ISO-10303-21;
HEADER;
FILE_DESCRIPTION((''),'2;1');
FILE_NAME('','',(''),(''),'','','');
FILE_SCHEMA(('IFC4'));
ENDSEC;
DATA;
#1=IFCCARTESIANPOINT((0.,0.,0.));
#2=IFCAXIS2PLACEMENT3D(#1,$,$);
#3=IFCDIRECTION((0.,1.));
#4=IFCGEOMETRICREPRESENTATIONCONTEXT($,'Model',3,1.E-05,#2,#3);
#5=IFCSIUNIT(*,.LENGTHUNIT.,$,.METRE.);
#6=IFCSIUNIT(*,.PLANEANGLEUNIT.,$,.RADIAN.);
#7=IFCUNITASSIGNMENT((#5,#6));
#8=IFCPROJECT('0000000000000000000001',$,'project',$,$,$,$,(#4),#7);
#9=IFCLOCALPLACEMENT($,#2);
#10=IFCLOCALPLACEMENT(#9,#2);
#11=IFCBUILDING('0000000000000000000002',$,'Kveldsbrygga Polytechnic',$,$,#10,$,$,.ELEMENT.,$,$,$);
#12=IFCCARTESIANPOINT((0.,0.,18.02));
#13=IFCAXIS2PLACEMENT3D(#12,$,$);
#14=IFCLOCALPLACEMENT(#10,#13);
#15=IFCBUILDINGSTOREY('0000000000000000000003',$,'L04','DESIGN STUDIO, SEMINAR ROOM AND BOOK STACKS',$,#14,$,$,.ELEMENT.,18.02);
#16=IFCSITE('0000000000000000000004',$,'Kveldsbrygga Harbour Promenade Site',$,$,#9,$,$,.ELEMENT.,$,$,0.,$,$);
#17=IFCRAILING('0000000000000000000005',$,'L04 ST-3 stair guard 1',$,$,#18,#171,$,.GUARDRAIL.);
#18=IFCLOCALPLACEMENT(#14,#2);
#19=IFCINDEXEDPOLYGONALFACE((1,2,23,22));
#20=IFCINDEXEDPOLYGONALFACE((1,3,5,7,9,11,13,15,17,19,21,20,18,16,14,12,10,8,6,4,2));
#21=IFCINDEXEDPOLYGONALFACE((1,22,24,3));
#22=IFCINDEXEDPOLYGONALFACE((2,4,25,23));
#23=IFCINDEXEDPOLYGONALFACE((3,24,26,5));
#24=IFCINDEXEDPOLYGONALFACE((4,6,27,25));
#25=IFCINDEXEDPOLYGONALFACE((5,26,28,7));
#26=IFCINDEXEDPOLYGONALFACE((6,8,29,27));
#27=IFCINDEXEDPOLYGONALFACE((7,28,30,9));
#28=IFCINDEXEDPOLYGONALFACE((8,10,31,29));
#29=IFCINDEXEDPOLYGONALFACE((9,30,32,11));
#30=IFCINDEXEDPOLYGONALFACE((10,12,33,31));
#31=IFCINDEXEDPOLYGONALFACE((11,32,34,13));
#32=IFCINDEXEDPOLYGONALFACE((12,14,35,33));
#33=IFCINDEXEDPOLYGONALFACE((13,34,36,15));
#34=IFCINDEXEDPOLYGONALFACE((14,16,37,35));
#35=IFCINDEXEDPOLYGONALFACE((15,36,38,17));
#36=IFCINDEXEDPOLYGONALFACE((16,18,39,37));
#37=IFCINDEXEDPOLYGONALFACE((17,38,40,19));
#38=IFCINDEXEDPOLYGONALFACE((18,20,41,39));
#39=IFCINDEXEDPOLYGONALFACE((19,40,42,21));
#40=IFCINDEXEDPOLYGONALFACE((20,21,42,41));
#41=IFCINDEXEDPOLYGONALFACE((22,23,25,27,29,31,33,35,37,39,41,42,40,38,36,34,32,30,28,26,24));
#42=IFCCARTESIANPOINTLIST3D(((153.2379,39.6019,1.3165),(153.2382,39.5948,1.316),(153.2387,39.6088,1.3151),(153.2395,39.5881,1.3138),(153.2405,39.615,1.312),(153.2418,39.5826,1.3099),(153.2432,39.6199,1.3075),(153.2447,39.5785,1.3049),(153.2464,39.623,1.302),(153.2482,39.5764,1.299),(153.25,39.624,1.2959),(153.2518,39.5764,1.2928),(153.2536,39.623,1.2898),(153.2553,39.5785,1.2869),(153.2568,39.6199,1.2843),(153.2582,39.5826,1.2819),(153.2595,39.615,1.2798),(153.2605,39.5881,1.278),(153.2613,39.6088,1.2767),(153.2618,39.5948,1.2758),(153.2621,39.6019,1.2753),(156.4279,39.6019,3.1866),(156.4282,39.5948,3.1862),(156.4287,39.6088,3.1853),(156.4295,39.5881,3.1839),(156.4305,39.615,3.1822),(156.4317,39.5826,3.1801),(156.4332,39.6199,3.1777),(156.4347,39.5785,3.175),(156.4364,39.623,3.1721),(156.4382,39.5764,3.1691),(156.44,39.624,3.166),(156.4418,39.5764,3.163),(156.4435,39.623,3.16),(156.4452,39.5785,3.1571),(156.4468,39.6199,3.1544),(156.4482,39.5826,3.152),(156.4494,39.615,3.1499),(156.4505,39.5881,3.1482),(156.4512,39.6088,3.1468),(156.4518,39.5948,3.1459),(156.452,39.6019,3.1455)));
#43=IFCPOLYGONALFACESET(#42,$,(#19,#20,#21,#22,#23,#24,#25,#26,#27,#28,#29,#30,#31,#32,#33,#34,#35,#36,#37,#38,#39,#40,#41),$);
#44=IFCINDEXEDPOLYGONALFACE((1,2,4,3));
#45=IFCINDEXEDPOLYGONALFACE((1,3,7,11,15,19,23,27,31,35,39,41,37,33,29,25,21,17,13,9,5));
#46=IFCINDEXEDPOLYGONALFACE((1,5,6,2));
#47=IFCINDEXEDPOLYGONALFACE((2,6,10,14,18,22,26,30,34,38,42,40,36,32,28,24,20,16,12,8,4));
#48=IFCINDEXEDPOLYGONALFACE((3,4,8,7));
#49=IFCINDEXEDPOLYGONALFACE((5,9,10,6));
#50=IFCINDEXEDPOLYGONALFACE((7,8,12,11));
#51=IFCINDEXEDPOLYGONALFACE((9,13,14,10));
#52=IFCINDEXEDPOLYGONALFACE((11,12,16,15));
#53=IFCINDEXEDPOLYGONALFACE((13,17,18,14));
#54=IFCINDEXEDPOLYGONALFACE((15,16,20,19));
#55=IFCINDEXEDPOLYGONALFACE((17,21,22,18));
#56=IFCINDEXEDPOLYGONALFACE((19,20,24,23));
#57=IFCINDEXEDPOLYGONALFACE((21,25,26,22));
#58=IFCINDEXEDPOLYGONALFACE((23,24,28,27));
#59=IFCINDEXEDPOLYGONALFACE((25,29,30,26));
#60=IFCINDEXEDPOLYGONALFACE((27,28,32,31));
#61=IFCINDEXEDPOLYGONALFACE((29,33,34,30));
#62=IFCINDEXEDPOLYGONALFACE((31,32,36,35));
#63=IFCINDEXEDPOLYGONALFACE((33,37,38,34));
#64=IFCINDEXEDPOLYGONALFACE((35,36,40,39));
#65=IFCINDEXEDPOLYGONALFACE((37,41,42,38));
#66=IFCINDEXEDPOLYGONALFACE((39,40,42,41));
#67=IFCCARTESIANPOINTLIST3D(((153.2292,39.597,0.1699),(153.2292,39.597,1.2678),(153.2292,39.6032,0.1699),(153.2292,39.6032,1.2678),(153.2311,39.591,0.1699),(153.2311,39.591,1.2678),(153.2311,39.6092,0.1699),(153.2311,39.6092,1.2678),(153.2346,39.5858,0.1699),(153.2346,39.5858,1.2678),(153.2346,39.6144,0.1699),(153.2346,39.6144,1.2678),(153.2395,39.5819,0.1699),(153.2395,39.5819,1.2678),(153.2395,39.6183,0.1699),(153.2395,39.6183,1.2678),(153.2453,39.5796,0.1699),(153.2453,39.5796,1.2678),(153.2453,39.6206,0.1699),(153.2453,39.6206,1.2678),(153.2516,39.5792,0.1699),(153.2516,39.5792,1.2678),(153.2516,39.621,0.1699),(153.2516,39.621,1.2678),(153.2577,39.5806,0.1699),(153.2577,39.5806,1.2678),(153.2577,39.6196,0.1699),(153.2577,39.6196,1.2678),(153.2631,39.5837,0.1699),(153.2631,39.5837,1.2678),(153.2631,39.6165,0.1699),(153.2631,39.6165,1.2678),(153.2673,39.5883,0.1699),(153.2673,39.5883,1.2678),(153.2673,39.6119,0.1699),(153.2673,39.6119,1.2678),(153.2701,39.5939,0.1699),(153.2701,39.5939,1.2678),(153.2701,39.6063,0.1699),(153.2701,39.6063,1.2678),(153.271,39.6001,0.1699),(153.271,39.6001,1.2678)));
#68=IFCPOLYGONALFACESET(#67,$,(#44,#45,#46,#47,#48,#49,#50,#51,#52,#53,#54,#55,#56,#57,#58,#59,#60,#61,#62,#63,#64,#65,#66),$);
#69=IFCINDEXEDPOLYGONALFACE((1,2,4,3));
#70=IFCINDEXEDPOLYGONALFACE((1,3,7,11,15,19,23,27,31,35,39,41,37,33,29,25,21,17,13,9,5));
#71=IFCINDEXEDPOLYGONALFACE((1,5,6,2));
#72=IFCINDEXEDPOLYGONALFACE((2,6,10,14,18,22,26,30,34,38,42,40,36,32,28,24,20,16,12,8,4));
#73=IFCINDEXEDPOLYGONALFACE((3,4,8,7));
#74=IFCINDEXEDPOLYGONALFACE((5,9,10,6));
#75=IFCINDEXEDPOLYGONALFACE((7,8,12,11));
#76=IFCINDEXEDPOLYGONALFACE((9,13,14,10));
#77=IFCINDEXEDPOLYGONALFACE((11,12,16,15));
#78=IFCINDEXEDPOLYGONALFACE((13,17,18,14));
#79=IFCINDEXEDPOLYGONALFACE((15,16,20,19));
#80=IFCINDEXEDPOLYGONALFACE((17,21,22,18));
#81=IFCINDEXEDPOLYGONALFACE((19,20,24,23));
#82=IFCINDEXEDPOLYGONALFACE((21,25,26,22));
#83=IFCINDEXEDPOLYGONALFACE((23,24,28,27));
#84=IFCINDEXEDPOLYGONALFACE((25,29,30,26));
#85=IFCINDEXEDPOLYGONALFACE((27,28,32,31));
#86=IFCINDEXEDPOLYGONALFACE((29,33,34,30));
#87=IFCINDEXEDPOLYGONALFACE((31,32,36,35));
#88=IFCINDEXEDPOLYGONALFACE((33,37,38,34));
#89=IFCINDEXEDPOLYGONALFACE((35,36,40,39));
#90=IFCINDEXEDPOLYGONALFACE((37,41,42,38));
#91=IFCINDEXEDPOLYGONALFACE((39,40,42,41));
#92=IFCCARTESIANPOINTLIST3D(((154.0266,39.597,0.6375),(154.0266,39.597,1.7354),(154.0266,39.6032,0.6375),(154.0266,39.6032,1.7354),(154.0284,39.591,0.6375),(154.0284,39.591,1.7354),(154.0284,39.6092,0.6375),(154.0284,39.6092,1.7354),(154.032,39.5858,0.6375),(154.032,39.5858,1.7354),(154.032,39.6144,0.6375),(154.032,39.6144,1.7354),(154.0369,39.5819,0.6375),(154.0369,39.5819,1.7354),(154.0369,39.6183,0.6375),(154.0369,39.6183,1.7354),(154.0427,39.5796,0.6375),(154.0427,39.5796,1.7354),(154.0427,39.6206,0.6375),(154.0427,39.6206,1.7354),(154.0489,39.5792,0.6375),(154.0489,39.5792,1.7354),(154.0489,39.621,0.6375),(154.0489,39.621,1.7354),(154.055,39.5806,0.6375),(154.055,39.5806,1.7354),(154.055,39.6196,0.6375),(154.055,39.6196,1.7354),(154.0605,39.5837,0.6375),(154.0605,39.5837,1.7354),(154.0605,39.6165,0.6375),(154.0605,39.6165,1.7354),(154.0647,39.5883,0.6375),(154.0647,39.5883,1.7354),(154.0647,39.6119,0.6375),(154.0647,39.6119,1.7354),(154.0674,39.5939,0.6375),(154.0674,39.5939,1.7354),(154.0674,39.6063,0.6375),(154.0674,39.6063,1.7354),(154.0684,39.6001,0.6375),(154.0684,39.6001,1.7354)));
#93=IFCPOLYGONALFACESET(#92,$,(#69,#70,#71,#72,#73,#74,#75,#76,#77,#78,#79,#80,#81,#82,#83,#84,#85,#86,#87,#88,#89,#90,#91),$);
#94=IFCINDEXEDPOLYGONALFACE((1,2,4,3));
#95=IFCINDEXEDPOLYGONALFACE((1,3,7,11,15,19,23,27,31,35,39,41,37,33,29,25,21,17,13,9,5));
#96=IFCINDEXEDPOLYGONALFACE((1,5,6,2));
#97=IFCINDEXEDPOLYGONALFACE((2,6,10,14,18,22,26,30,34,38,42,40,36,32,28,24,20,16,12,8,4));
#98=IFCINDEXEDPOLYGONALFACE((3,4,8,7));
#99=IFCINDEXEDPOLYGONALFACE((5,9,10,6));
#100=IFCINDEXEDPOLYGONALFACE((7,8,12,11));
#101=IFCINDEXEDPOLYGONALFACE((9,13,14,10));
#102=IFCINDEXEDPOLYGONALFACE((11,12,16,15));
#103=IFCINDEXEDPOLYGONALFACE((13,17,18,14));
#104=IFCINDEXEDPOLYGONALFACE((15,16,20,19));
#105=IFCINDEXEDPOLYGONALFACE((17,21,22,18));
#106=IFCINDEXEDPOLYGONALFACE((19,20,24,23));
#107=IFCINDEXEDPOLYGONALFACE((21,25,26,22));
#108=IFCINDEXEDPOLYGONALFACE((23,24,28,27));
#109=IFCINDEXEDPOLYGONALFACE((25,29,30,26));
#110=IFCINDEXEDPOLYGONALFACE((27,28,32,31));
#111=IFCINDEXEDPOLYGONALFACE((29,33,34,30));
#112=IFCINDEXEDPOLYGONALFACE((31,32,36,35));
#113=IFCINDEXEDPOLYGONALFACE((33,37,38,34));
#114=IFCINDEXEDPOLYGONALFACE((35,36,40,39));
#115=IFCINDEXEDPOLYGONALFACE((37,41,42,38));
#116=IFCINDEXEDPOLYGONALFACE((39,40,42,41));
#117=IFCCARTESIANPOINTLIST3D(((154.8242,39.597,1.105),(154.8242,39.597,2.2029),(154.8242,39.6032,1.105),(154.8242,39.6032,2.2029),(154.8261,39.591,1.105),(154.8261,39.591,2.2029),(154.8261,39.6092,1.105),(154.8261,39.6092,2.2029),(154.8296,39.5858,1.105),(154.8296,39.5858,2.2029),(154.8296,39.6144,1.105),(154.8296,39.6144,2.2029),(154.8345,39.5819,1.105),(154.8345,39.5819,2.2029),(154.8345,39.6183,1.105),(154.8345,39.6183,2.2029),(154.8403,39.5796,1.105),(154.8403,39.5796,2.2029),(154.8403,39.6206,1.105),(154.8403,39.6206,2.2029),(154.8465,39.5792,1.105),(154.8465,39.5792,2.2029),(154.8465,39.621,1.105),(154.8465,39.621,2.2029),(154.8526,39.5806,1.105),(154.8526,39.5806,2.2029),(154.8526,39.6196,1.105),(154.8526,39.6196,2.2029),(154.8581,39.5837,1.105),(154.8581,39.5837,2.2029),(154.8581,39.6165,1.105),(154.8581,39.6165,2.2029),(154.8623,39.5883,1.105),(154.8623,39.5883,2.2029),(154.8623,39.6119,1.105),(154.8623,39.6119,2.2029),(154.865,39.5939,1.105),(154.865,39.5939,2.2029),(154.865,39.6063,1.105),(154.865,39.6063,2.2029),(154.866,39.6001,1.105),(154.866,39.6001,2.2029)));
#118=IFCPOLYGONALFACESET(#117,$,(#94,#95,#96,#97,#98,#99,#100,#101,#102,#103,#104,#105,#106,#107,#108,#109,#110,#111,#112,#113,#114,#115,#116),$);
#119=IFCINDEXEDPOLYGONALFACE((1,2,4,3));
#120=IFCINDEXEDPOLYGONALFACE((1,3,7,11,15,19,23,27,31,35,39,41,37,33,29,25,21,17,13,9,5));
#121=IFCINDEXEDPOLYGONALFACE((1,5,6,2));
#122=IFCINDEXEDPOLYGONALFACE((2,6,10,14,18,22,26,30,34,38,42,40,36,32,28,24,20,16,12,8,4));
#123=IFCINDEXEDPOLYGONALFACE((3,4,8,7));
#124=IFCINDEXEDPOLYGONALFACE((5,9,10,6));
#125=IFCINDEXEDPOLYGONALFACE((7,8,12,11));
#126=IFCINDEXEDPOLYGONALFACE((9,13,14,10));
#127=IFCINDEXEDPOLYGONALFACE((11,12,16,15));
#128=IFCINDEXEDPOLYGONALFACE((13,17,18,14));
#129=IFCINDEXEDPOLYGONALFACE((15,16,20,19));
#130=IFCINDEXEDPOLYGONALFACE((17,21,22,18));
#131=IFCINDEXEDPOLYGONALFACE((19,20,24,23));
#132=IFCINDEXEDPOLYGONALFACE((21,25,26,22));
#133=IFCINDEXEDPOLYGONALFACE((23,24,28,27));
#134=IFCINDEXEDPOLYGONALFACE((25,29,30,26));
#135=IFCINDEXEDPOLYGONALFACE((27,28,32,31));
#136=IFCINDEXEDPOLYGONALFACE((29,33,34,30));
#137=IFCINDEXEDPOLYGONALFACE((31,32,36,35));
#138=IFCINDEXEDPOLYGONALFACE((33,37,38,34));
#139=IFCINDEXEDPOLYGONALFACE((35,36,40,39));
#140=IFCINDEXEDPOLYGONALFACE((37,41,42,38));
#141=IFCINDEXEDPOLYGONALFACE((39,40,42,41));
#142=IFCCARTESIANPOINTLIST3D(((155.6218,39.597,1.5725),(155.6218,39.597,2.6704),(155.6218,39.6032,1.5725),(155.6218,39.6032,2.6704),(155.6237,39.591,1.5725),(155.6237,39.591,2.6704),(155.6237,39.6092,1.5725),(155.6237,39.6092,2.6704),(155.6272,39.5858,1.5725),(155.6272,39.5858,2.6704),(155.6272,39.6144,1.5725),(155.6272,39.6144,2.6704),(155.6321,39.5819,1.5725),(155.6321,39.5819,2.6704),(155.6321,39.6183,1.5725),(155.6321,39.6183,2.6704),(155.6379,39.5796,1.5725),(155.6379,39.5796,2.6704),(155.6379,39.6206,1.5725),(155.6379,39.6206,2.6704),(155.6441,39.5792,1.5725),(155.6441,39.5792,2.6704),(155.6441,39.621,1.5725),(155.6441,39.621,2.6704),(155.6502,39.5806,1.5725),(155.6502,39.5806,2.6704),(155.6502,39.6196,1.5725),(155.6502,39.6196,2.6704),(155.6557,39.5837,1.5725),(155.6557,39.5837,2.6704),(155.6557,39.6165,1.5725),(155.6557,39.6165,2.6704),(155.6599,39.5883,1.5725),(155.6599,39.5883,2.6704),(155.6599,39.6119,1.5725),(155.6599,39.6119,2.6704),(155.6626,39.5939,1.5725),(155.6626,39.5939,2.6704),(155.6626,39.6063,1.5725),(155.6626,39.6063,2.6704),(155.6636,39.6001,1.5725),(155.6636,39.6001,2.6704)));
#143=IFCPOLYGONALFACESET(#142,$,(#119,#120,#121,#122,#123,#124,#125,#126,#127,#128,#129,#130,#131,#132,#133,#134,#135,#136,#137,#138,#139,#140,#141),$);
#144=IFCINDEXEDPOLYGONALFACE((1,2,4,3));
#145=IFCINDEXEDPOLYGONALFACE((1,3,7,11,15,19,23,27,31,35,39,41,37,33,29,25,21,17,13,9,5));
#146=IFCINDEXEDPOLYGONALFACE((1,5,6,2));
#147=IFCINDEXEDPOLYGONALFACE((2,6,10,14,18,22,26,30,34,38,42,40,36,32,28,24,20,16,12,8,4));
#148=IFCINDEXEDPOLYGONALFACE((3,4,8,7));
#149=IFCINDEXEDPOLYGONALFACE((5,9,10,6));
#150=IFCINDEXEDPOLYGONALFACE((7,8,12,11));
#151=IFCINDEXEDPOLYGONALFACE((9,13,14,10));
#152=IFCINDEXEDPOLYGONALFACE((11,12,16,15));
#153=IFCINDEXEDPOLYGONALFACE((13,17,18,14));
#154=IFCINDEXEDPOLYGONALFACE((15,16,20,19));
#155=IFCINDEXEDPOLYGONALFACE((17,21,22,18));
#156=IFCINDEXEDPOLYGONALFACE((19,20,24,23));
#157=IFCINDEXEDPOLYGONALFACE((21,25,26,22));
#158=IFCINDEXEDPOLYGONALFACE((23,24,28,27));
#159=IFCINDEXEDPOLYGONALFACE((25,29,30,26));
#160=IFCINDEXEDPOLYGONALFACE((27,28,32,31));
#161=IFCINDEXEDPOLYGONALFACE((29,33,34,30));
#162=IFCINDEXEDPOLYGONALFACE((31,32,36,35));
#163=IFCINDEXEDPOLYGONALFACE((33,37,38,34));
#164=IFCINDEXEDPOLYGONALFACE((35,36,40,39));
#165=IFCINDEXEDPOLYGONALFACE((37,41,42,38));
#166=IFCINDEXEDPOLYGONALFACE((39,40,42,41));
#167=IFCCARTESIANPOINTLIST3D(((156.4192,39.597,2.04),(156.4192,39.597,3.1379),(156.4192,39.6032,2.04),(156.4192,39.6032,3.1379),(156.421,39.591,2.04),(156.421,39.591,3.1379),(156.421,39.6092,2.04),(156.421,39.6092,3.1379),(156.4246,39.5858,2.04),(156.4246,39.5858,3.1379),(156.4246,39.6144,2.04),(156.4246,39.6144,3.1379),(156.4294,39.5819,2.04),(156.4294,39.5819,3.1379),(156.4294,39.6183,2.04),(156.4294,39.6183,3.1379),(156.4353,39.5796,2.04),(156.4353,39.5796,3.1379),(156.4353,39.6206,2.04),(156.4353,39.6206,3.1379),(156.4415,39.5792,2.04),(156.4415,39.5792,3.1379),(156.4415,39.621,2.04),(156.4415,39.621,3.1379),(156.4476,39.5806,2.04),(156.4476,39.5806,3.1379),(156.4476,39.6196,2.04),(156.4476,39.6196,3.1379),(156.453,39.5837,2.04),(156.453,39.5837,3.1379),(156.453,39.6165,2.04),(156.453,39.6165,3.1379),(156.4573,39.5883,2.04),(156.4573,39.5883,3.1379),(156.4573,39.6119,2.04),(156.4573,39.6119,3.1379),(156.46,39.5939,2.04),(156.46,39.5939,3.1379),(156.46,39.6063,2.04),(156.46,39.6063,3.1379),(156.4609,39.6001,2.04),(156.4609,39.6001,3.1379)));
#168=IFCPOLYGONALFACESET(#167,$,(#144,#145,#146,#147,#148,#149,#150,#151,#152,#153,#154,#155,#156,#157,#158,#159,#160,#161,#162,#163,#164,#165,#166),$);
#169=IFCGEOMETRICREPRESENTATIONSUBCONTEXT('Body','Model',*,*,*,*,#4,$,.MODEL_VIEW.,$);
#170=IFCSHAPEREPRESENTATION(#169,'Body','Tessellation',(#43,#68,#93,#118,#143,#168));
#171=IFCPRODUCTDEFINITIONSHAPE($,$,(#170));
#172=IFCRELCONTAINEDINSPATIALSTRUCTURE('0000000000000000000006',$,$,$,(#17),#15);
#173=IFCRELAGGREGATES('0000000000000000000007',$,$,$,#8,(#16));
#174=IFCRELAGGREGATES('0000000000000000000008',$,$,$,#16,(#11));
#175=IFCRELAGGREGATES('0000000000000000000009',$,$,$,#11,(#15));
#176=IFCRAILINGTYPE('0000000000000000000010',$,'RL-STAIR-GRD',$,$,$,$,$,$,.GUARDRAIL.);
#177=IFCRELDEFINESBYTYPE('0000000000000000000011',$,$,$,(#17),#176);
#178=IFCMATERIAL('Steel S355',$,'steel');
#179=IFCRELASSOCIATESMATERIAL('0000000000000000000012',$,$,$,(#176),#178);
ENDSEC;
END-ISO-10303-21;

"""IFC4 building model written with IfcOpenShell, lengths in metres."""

from ifc_helpers import new_model, si_unit, direction, frame, origin, origin_2d, place, context, subcontext, project, spatial, circle, extrude, material, type_object, element, save


model = new_model("IFC4")

# Units and contexts
model_context = context("Model", 3, precision=1e-05, world=origin(), true_north=direction((0.0, 1.0)))
body_context = subcontext(model_context, "Body", "Model", "MODEL_VIEW")
ifc_project = project(units=[si_unit("LENGTHUNIT", "METRE"), si_unit("PLANEANGLEUNIT", "RADIAN")], contexts=[model_context])

# Site, building, storey
site_placement = place(None, origin())
site = spatial("IfcSite", under=ifc_project, at=site_placement, Name="Kveldsbrygga Harbour Promenade Site", CompositionType="ELEMENT", RefElevation=0.0)
building_placement = place(site_placement, origin())
building = spatial("IfcBuilding", under=site, at=building_placement, Name="Kveldsbrygga Polytechnic", CompositionType="ELEMENT")
storey_placement = place(building_placement, frame((0.0, 0.0, 18.02)))
storey = spatial("IfcBuildingStorey", under=building, at=storey_placement, Name="L04", Description="DESIGN STUDIO, SEMINAR ROOM AND BOOK STACKS", CompositionType="ELEMENT", Elevation=18.02)

# Shared definitions
ifc_material_1 = material(Name="Steel S355", Category="steel")

# Railing
railing_type = type_object("IfcRailingType", Name="RL-STAIR-GRD", PredefinedType="GUARDRAIL", material=ifc_material_1)
railing_1_placement = place(storey_placement, frame((153.25, 39.6001, 0.1699)))
element("IfcRailing", 1, at=railing_1_placement, inside=storey, type_object=railing_type, Name="L04 ST-3 stair guard 1", PredefinedType="GUARDRAIL", context=body_context, shape_type="SweptSolid", body=[
    extrude(circle(Radius=0.0239, at=origin_2d()), frame((0.0, 0.0, 1.126), z_axis=(0.86268, 0.0, 0.50575), x_axis=(0.0, 1.0, 0.0)), (0.0, 0.0, 1.0), 3.6978),
    extrude(circle(Radius=0.021, at=origin_2d()), origin(), (0.0, 0.0, 1.0), 1.0979),
    extrude(circle(Radius=0.021, at=origin_2d()), frame((0.7974, 0.0, 0.4675)), (0.0, 0.0, 1.0), 1.0979),
    extrude(circle(Radius=0.021, at=origin_2d()), frame((1.595, 0.0, 0.9351)), (0.0, 0.0, 1.0), 1.0979),
    extrude(circle(Radius=0.021, at=origin_2d()), frame((2.3926, 0.0, 1.4026)), (0.0, 0.0, 1.0), 1.0979),
    extrude(circle(Radius=0.021, at=origin_2d()), frame((3.1899, 0.0, 1.8701)), (0.0, 0.0, 1.0), 1.0979),
])

save(model, "model.ifc")
